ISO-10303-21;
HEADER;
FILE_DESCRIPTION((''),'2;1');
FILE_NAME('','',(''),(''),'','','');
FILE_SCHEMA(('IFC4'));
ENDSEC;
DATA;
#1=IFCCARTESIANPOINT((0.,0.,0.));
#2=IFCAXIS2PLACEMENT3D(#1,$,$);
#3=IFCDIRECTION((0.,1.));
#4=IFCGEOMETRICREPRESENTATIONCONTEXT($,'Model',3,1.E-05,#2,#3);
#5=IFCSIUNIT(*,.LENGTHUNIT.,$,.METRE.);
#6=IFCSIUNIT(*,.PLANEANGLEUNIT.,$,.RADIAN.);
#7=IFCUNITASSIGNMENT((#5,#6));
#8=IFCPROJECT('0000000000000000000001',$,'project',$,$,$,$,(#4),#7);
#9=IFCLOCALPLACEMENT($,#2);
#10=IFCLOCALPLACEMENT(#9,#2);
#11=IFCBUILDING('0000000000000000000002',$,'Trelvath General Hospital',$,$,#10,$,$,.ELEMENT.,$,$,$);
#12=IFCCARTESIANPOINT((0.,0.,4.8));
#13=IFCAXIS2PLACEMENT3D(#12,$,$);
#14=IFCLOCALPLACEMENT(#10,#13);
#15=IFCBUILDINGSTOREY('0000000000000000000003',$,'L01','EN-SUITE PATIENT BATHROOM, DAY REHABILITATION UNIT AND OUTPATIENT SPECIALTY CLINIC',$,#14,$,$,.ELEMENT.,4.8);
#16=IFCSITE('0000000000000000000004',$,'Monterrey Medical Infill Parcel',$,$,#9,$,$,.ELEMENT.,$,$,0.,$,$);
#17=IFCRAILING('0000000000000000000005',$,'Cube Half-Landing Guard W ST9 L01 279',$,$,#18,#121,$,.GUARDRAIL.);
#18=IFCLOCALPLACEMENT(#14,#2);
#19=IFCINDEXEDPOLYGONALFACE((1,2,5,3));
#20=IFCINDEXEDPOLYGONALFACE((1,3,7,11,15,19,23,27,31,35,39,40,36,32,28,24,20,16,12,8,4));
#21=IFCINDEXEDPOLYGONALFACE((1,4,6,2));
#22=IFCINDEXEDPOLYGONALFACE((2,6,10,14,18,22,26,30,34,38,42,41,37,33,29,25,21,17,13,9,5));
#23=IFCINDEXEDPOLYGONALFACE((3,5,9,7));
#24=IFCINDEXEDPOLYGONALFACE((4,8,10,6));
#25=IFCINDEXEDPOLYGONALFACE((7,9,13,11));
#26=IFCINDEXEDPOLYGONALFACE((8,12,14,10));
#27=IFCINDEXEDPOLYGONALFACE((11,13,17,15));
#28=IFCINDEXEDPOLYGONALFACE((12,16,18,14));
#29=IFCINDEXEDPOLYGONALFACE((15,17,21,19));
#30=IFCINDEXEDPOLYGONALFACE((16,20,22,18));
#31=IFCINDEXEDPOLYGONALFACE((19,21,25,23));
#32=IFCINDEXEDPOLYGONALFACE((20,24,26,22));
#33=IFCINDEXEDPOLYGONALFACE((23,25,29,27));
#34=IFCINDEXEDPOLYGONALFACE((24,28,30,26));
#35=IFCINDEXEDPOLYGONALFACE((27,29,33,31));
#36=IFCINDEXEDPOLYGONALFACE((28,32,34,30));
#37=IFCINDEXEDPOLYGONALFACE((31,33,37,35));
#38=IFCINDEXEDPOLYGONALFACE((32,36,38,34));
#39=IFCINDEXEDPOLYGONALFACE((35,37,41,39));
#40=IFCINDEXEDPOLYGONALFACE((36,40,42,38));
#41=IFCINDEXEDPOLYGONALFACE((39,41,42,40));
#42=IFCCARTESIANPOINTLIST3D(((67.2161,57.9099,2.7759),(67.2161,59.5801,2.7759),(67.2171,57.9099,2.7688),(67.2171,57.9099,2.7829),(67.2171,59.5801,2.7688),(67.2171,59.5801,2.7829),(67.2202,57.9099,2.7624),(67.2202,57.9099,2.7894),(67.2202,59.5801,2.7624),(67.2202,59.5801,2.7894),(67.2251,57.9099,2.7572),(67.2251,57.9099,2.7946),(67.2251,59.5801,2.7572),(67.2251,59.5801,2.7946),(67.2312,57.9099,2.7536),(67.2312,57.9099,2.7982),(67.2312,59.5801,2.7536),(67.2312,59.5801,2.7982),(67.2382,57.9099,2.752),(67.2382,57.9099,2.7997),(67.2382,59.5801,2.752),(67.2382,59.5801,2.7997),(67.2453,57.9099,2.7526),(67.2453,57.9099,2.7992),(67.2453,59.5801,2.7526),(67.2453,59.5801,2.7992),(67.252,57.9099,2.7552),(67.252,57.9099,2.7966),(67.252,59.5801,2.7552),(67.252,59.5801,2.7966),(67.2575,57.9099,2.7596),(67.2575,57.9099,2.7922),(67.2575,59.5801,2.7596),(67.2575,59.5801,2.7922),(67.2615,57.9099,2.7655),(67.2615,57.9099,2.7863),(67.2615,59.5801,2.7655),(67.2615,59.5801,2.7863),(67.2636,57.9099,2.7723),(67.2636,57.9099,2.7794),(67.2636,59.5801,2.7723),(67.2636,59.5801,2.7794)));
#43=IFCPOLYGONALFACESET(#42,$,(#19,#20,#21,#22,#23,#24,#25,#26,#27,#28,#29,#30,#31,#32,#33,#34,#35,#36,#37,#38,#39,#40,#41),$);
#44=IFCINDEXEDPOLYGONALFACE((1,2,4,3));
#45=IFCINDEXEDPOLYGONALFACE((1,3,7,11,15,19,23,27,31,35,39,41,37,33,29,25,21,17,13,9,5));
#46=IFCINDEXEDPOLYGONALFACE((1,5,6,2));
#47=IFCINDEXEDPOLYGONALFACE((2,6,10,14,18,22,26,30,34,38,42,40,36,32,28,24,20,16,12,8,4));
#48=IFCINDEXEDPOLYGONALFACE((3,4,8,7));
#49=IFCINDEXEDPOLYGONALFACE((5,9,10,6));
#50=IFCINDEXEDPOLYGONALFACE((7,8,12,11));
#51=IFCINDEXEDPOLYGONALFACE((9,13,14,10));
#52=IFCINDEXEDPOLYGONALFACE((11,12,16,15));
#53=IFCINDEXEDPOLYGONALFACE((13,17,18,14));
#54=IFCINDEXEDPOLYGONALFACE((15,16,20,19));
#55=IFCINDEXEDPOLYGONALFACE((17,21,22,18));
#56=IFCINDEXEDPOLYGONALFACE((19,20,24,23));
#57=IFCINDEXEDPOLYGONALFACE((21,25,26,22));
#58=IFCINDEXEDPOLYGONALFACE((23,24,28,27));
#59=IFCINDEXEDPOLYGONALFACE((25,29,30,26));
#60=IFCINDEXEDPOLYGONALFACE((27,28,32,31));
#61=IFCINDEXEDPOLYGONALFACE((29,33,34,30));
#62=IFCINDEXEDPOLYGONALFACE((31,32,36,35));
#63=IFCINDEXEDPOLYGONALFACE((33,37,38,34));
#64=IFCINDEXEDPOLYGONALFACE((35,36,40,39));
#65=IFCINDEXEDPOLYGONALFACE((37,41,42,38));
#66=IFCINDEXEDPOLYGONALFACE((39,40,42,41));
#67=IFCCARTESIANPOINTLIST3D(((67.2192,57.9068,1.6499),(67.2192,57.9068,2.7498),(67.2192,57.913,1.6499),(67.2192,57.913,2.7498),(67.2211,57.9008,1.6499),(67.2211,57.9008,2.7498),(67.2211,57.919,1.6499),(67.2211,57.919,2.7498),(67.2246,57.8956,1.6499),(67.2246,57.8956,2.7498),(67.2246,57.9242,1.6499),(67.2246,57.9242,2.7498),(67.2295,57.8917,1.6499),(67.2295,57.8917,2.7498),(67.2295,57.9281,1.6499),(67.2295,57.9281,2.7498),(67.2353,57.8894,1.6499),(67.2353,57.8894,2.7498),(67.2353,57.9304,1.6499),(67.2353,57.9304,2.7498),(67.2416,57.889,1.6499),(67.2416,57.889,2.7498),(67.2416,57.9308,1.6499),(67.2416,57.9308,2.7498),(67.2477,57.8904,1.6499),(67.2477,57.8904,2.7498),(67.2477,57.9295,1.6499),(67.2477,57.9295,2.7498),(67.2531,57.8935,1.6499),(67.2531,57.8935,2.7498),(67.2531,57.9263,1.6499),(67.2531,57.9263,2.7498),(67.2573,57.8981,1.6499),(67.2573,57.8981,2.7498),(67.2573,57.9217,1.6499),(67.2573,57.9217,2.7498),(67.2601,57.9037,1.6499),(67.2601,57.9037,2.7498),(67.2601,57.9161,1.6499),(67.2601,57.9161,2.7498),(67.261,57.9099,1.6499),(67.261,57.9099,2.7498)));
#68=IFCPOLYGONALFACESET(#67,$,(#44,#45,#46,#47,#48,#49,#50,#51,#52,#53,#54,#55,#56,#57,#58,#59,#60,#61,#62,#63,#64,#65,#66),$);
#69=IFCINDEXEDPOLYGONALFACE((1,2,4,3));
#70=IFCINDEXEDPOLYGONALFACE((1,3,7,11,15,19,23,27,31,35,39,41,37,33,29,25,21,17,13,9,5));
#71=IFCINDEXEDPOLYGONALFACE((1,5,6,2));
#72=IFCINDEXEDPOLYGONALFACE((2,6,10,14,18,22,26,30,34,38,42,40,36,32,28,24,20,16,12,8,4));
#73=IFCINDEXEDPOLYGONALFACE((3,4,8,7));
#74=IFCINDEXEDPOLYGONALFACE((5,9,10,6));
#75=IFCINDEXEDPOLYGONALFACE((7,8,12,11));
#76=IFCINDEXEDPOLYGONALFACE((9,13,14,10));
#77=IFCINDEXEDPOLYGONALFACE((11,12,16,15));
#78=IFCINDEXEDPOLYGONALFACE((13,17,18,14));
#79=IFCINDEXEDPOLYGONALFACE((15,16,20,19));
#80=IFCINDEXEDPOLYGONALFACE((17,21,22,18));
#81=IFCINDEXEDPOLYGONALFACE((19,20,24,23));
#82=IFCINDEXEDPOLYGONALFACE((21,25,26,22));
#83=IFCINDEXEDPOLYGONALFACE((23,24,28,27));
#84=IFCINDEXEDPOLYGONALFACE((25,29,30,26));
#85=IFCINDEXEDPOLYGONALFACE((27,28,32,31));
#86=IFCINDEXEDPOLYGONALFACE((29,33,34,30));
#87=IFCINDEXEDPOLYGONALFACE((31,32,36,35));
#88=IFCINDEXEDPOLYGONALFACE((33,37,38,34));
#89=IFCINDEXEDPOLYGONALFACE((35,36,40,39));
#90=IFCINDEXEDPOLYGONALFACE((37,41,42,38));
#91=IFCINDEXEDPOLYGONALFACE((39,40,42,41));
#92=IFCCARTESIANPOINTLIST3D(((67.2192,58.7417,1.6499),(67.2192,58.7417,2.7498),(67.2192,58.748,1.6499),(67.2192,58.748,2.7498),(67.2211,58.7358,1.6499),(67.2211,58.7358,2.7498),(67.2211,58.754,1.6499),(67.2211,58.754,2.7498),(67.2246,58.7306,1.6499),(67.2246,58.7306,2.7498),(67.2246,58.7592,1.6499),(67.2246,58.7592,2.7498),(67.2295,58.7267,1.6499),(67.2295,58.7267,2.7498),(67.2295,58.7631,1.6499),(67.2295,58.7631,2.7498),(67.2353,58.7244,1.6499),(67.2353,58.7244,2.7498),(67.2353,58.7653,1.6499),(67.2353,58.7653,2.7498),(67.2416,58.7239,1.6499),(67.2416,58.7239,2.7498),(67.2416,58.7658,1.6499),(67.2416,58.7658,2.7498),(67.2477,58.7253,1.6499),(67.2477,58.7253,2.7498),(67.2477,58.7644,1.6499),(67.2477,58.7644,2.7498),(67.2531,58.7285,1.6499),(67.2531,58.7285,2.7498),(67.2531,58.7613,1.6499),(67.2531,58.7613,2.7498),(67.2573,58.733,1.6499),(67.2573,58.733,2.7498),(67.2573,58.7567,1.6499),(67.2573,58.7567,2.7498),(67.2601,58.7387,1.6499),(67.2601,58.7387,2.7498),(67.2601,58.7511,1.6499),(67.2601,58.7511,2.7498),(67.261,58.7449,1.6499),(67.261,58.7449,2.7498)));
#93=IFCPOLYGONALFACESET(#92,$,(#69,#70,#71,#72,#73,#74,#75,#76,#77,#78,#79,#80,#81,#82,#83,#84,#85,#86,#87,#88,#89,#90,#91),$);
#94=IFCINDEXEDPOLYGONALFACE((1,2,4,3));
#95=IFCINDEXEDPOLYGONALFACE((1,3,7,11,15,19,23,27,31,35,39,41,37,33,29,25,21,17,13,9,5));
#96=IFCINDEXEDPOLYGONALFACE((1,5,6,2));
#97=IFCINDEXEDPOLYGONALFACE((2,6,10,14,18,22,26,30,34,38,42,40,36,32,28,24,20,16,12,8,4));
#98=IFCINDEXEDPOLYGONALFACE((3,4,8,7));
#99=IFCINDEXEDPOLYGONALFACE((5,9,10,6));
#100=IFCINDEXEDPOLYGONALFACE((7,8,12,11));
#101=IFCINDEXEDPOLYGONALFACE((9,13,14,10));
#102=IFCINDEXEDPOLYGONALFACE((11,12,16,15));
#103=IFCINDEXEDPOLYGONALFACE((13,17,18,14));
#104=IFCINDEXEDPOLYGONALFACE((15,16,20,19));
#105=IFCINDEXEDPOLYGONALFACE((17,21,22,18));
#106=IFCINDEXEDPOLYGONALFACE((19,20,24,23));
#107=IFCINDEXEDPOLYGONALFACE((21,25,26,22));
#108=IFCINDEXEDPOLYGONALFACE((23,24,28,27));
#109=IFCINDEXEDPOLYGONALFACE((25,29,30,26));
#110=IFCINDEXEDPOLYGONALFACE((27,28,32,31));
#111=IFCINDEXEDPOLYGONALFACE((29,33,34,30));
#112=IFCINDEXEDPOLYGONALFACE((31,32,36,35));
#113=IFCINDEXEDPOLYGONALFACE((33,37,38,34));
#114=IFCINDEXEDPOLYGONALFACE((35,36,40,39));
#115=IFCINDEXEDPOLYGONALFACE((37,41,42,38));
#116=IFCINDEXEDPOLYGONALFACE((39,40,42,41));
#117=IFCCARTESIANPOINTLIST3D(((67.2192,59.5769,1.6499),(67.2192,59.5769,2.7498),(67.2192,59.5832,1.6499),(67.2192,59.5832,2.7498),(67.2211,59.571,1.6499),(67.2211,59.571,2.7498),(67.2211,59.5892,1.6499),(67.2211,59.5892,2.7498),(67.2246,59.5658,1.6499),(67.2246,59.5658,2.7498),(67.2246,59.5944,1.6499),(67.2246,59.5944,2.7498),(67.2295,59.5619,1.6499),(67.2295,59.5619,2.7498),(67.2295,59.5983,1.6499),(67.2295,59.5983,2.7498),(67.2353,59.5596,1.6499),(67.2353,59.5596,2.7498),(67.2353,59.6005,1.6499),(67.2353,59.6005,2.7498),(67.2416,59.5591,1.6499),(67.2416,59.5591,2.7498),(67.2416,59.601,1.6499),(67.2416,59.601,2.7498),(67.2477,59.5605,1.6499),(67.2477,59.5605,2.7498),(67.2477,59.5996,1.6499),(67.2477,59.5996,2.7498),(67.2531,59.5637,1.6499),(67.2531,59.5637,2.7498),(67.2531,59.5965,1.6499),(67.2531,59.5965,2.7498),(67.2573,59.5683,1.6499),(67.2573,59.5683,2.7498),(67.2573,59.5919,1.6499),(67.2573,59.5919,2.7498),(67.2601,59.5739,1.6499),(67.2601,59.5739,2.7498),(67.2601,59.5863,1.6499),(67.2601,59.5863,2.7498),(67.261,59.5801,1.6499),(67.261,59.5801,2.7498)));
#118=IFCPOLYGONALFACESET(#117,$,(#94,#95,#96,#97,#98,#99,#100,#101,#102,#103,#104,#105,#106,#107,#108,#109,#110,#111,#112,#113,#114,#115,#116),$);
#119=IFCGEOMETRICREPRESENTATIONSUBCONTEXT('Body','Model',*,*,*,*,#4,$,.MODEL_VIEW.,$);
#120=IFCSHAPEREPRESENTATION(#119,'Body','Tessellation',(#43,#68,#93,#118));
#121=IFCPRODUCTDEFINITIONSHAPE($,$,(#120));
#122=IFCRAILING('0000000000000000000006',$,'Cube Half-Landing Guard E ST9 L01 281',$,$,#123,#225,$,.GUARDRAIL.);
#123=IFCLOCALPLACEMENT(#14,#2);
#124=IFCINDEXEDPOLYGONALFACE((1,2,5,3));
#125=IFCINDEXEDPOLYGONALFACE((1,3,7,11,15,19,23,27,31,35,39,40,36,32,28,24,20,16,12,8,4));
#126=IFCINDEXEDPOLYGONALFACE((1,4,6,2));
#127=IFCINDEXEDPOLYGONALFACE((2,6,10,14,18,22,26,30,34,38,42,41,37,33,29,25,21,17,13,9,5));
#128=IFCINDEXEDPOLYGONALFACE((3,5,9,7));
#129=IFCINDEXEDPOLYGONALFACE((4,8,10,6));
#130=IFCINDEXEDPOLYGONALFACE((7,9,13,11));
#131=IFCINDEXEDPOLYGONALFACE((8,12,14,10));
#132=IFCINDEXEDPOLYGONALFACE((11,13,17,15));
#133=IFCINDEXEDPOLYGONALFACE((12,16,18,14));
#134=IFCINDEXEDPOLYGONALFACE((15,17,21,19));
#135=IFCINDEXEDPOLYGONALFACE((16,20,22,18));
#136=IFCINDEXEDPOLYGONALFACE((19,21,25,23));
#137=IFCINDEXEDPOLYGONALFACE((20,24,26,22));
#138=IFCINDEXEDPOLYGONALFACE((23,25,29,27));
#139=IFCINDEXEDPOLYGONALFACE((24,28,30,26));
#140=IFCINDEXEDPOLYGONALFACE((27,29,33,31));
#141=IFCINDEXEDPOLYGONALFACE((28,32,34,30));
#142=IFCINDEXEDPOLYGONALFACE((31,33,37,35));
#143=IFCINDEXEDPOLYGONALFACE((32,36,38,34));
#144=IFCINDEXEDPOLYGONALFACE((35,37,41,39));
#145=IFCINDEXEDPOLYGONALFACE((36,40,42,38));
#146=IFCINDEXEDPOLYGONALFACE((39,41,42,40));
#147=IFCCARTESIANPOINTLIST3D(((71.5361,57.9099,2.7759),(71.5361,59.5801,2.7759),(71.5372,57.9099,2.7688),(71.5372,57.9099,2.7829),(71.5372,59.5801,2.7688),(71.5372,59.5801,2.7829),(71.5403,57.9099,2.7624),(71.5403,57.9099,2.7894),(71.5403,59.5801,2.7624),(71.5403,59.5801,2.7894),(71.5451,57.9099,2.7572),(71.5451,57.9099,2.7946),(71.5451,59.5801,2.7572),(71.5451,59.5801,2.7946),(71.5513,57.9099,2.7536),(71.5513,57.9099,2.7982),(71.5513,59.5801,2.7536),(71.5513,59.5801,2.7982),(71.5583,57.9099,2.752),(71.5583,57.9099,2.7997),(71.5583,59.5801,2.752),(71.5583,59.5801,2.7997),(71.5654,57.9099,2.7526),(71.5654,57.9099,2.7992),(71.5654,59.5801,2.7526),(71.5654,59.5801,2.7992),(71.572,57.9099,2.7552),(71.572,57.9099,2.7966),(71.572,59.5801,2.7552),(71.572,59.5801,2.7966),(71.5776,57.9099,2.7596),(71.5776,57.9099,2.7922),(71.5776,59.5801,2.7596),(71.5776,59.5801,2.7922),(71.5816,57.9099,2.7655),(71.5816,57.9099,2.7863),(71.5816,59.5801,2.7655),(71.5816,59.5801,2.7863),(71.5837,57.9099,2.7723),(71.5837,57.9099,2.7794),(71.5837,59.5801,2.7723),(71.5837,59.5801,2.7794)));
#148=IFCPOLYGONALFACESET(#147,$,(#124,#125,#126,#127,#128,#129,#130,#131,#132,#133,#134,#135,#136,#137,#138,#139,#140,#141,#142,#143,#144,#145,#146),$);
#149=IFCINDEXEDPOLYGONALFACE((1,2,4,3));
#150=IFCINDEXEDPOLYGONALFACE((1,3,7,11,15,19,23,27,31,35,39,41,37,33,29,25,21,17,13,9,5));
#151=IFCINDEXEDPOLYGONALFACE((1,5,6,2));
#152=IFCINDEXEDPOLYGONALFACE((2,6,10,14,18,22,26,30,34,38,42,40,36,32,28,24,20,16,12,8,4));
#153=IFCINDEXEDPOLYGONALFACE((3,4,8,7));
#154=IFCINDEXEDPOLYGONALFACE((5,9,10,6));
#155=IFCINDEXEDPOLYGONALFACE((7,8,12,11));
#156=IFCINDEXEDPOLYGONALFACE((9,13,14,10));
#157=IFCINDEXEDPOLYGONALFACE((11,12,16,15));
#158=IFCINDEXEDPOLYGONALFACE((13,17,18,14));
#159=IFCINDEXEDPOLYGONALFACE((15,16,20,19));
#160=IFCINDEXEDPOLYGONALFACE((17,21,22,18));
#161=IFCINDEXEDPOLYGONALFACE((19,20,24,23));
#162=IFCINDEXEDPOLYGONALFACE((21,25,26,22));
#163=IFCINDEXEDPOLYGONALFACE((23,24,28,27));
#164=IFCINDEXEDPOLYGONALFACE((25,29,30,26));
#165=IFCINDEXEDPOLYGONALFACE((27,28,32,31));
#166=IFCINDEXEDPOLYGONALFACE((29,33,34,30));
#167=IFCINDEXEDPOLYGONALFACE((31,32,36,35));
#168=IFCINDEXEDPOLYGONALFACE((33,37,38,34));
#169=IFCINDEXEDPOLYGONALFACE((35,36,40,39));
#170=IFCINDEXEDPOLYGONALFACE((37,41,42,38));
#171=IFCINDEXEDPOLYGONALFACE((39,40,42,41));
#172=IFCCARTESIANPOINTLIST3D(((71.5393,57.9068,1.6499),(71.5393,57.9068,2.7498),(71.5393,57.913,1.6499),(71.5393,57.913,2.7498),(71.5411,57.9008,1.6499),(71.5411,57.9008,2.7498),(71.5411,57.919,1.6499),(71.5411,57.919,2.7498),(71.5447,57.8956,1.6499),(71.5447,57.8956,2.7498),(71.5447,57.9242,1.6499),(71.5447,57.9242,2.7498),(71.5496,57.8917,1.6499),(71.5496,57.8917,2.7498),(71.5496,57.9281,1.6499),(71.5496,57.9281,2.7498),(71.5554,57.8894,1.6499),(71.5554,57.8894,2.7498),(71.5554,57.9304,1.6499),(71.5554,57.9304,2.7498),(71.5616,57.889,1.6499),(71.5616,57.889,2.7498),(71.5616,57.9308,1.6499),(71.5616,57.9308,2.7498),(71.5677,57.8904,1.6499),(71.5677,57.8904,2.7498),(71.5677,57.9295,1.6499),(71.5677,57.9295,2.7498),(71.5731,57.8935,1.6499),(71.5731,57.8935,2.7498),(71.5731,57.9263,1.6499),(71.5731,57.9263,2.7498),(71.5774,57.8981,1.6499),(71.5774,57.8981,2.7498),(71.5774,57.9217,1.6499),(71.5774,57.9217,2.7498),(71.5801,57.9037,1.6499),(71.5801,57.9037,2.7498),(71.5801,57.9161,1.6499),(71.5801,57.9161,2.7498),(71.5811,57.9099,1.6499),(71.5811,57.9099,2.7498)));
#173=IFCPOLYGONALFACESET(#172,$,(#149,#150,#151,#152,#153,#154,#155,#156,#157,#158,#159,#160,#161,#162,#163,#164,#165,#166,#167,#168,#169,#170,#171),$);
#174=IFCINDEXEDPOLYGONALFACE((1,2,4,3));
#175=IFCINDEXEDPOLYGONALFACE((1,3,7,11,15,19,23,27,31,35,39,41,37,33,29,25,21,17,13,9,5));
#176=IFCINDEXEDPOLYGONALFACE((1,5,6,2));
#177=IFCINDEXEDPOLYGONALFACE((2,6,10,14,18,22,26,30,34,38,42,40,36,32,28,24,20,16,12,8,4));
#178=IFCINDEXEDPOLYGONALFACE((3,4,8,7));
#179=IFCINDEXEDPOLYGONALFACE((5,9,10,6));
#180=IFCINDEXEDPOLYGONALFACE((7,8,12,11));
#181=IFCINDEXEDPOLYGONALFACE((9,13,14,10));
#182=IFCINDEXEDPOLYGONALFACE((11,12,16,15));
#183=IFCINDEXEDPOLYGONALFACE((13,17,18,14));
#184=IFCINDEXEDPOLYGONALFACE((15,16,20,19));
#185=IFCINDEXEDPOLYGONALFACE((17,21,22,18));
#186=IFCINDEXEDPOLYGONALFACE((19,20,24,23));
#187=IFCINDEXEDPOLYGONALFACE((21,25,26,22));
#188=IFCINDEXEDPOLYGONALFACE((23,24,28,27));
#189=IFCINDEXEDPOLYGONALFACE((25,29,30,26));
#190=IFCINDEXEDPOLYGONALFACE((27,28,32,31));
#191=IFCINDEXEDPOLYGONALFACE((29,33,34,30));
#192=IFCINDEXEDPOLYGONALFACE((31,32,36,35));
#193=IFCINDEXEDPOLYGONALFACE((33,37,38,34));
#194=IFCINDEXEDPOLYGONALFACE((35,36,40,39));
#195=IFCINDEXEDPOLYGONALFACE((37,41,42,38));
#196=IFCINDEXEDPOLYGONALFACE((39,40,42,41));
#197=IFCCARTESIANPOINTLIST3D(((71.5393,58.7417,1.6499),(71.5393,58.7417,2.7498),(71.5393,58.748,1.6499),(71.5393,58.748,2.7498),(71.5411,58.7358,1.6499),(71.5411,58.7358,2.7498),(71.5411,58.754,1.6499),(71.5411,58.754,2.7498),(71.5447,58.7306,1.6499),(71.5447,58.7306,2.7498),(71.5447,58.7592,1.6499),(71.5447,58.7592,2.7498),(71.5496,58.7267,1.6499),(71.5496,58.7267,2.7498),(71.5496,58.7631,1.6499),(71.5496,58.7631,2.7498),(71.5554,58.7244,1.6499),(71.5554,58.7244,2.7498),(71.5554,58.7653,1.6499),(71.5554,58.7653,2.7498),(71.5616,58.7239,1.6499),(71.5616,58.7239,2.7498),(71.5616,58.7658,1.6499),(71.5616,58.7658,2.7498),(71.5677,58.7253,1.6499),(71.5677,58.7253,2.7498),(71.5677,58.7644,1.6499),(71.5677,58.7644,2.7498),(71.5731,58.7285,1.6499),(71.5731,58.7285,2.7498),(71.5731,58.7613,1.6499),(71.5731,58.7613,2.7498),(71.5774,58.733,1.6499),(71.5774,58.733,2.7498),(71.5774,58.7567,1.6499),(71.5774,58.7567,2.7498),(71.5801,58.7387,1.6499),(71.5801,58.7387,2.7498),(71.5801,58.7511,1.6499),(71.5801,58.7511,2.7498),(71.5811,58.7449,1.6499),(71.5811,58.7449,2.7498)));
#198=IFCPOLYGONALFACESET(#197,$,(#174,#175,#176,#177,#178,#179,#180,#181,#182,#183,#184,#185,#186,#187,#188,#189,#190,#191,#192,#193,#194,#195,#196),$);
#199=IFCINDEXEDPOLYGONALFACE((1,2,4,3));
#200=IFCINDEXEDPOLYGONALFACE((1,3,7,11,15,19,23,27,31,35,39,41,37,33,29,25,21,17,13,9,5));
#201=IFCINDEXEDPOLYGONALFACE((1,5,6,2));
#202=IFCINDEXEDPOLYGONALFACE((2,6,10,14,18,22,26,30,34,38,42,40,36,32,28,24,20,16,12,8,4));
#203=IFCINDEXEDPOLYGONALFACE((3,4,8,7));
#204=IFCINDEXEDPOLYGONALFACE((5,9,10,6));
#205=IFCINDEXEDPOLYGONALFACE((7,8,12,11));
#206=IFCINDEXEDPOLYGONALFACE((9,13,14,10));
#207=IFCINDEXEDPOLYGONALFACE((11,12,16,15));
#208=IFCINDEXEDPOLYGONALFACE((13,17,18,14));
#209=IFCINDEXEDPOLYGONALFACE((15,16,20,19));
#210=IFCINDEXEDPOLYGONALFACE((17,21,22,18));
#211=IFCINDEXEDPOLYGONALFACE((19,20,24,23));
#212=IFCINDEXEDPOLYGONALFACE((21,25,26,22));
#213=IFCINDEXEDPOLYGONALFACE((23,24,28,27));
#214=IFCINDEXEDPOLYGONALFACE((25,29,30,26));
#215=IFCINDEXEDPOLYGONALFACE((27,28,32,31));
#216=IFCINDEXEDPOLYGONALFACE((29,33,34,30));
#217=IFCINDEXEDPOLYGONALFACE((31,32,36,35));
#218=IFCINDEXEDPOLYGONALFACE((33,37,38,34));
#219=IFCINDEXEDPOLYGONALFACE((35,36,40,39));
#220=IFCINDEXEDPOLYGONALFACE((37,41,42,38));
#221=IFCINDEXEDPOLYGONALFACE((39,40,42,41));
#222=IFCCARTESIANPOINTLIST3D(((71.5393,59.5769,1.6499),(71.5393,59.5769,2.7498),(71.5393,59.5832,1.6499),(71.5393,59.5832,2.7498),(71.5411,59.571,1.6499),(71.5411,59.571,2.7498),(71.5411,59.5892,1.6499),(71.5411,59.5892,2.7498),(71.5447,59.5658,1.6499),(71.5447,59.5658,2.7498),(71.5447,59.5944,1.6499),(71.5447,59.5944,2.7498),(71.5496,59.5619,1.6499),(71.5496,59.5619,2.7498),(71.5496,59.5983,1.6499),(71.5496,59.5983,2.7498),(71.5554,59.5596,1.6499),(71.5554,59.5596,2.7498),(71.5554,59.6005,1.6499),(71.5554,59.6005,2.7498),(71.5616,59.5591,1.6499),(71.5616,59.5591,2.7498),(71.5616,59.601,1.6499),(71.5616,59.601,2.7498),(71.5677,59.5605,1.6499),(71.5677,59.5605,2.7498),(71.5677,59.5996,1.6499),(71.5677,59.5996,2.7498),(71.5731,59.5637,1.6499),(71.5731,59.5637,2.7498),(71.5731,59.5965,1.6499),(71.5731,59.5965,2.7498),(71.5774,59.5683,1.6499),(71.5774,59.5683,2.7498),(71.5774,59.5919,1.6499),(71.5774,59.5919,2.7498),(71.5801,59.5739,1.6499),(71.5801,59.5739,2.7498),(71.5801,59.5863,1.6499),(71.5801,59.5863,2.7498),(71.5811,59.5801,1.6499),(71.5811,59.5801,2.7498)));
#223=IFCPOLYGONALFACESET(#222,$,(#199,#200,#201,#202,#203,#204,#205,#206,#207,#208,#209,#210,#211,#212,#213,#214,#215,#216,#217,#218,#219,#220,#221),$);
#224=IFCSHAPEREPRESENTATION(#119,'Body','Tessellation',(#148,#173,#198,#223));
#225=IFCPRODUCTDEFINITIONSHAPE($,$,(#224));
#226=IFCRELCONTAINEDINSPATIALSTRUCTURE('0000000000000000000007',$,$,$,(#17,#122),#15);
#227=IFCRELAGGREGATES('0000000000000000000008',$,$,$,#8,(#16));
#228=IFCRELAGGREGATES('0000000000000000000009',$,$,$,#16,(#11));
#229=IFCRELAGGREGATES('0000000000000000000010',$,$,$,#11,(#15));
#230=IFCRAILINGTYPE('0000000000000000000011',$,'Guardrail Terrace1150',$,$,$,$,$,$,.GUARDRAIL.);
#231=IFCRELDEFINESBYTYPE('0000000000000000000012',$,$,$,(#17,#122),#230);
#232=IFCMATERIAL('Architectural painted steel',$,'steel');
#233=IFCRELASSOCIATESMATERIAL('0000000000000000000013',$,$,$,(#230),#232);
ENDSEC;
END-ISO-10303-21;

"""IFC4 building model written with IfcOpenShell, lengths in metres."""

from ifc_helpers import new_model, si_unit, direction, frame, origin, origin_2d, place, context, subcontext, project, spatial, circle, extrude, material, type_object, element, save


model = new_model("IFC4")

# Units and contexts
model_context = context("Model", 3, precision=1e-05, world=origin(), true_north=direction((0.0, 1.0)))
body_context = subcontext(model_context, "Body", "Model", "MODEL_VIEW")
ifc_project = project(units=[si_unit("LENGTHUNIT", "METRE"), si_unit("PLANEANGLEUNIT", "RADIAN")], contexts=[model_context])

# Site, building, storey
site_placement = place(None, origin())
site = spatial("IfcSite", under=ifc_project, at=site_placement, Name="Monterrey Medical Infill Parcel", CompositionType="ELEMENT", RefElevation=0.0)
building_placement = place(site_placement, origin())
building = spatial("IfcBuilding", under=site, at=building_placement, Name="Trelvath General Hospital", CompositionType="ELEMENT")
storey_placement = place(building_placement, frame((0.0, 0.0, 4.8)))
storey = spatial("IfcBuildingStorey", under=building, at=storey_placement, Name="L01", Description="EN-SUITE PATIENT BATHROOM, DAY REHABILITATION UNIT AND OUTPATIENT SPECIALTY CLINIC", CompositionType="ELEMENT", Elevation=4.8)

# Railings
ifc_material_1 = material(Name="Architectural painted steel", Category="steel")
railing_type = type_object("IfcRailingType", Name="Guardrail Terrace1150", PredefinedType="GUARDRAIL", material=ifc_material_1)
for number, where, name in (
    (1, (67.24, 57.9099, 1.6499), "Cube Half-Landing Guard W ST9 L01 279"),
    (2, (71.5601, 57.9099, 1.6499), "Cube Half-Landing Guard E ST9 L01 281"),
):
    element("IfcRailing", number, at=place(storey_placement, frame(where)), inside=storey, type_object=railing_type, Name=name, PredefinedType="GUARDRAIL", context=body_context, shape_type="SweptSolid", body=[
        extrude(circle(Radius=0.0239, at=origin_2d()), frame((0.0, 0.0, 1.126), z_axis=(0.0, 1.0, 0.0), x_axis=(-1.0, 0.0, 0.0)), (0.0, 0.0, 1.0), 1.6702),
        extrude(circle(Radius=0.021, at=origin_2d()), origin(), (0.0, 0.0, 1.0), 1.0999),
        extrude(circle(Radius=0.021, at=origin_2d()), frame((0.0, 0.835, 0.0)), (0.0, 0.0, 1.0), 1.0999),
        extrude(circle(Radius=0.021, at=origin_2d()), frame((0.0, 1.6702, 0.0)), (0.0, 0.0, 1.0), 1.0999),
    ])

save(model, "model.ifc")
